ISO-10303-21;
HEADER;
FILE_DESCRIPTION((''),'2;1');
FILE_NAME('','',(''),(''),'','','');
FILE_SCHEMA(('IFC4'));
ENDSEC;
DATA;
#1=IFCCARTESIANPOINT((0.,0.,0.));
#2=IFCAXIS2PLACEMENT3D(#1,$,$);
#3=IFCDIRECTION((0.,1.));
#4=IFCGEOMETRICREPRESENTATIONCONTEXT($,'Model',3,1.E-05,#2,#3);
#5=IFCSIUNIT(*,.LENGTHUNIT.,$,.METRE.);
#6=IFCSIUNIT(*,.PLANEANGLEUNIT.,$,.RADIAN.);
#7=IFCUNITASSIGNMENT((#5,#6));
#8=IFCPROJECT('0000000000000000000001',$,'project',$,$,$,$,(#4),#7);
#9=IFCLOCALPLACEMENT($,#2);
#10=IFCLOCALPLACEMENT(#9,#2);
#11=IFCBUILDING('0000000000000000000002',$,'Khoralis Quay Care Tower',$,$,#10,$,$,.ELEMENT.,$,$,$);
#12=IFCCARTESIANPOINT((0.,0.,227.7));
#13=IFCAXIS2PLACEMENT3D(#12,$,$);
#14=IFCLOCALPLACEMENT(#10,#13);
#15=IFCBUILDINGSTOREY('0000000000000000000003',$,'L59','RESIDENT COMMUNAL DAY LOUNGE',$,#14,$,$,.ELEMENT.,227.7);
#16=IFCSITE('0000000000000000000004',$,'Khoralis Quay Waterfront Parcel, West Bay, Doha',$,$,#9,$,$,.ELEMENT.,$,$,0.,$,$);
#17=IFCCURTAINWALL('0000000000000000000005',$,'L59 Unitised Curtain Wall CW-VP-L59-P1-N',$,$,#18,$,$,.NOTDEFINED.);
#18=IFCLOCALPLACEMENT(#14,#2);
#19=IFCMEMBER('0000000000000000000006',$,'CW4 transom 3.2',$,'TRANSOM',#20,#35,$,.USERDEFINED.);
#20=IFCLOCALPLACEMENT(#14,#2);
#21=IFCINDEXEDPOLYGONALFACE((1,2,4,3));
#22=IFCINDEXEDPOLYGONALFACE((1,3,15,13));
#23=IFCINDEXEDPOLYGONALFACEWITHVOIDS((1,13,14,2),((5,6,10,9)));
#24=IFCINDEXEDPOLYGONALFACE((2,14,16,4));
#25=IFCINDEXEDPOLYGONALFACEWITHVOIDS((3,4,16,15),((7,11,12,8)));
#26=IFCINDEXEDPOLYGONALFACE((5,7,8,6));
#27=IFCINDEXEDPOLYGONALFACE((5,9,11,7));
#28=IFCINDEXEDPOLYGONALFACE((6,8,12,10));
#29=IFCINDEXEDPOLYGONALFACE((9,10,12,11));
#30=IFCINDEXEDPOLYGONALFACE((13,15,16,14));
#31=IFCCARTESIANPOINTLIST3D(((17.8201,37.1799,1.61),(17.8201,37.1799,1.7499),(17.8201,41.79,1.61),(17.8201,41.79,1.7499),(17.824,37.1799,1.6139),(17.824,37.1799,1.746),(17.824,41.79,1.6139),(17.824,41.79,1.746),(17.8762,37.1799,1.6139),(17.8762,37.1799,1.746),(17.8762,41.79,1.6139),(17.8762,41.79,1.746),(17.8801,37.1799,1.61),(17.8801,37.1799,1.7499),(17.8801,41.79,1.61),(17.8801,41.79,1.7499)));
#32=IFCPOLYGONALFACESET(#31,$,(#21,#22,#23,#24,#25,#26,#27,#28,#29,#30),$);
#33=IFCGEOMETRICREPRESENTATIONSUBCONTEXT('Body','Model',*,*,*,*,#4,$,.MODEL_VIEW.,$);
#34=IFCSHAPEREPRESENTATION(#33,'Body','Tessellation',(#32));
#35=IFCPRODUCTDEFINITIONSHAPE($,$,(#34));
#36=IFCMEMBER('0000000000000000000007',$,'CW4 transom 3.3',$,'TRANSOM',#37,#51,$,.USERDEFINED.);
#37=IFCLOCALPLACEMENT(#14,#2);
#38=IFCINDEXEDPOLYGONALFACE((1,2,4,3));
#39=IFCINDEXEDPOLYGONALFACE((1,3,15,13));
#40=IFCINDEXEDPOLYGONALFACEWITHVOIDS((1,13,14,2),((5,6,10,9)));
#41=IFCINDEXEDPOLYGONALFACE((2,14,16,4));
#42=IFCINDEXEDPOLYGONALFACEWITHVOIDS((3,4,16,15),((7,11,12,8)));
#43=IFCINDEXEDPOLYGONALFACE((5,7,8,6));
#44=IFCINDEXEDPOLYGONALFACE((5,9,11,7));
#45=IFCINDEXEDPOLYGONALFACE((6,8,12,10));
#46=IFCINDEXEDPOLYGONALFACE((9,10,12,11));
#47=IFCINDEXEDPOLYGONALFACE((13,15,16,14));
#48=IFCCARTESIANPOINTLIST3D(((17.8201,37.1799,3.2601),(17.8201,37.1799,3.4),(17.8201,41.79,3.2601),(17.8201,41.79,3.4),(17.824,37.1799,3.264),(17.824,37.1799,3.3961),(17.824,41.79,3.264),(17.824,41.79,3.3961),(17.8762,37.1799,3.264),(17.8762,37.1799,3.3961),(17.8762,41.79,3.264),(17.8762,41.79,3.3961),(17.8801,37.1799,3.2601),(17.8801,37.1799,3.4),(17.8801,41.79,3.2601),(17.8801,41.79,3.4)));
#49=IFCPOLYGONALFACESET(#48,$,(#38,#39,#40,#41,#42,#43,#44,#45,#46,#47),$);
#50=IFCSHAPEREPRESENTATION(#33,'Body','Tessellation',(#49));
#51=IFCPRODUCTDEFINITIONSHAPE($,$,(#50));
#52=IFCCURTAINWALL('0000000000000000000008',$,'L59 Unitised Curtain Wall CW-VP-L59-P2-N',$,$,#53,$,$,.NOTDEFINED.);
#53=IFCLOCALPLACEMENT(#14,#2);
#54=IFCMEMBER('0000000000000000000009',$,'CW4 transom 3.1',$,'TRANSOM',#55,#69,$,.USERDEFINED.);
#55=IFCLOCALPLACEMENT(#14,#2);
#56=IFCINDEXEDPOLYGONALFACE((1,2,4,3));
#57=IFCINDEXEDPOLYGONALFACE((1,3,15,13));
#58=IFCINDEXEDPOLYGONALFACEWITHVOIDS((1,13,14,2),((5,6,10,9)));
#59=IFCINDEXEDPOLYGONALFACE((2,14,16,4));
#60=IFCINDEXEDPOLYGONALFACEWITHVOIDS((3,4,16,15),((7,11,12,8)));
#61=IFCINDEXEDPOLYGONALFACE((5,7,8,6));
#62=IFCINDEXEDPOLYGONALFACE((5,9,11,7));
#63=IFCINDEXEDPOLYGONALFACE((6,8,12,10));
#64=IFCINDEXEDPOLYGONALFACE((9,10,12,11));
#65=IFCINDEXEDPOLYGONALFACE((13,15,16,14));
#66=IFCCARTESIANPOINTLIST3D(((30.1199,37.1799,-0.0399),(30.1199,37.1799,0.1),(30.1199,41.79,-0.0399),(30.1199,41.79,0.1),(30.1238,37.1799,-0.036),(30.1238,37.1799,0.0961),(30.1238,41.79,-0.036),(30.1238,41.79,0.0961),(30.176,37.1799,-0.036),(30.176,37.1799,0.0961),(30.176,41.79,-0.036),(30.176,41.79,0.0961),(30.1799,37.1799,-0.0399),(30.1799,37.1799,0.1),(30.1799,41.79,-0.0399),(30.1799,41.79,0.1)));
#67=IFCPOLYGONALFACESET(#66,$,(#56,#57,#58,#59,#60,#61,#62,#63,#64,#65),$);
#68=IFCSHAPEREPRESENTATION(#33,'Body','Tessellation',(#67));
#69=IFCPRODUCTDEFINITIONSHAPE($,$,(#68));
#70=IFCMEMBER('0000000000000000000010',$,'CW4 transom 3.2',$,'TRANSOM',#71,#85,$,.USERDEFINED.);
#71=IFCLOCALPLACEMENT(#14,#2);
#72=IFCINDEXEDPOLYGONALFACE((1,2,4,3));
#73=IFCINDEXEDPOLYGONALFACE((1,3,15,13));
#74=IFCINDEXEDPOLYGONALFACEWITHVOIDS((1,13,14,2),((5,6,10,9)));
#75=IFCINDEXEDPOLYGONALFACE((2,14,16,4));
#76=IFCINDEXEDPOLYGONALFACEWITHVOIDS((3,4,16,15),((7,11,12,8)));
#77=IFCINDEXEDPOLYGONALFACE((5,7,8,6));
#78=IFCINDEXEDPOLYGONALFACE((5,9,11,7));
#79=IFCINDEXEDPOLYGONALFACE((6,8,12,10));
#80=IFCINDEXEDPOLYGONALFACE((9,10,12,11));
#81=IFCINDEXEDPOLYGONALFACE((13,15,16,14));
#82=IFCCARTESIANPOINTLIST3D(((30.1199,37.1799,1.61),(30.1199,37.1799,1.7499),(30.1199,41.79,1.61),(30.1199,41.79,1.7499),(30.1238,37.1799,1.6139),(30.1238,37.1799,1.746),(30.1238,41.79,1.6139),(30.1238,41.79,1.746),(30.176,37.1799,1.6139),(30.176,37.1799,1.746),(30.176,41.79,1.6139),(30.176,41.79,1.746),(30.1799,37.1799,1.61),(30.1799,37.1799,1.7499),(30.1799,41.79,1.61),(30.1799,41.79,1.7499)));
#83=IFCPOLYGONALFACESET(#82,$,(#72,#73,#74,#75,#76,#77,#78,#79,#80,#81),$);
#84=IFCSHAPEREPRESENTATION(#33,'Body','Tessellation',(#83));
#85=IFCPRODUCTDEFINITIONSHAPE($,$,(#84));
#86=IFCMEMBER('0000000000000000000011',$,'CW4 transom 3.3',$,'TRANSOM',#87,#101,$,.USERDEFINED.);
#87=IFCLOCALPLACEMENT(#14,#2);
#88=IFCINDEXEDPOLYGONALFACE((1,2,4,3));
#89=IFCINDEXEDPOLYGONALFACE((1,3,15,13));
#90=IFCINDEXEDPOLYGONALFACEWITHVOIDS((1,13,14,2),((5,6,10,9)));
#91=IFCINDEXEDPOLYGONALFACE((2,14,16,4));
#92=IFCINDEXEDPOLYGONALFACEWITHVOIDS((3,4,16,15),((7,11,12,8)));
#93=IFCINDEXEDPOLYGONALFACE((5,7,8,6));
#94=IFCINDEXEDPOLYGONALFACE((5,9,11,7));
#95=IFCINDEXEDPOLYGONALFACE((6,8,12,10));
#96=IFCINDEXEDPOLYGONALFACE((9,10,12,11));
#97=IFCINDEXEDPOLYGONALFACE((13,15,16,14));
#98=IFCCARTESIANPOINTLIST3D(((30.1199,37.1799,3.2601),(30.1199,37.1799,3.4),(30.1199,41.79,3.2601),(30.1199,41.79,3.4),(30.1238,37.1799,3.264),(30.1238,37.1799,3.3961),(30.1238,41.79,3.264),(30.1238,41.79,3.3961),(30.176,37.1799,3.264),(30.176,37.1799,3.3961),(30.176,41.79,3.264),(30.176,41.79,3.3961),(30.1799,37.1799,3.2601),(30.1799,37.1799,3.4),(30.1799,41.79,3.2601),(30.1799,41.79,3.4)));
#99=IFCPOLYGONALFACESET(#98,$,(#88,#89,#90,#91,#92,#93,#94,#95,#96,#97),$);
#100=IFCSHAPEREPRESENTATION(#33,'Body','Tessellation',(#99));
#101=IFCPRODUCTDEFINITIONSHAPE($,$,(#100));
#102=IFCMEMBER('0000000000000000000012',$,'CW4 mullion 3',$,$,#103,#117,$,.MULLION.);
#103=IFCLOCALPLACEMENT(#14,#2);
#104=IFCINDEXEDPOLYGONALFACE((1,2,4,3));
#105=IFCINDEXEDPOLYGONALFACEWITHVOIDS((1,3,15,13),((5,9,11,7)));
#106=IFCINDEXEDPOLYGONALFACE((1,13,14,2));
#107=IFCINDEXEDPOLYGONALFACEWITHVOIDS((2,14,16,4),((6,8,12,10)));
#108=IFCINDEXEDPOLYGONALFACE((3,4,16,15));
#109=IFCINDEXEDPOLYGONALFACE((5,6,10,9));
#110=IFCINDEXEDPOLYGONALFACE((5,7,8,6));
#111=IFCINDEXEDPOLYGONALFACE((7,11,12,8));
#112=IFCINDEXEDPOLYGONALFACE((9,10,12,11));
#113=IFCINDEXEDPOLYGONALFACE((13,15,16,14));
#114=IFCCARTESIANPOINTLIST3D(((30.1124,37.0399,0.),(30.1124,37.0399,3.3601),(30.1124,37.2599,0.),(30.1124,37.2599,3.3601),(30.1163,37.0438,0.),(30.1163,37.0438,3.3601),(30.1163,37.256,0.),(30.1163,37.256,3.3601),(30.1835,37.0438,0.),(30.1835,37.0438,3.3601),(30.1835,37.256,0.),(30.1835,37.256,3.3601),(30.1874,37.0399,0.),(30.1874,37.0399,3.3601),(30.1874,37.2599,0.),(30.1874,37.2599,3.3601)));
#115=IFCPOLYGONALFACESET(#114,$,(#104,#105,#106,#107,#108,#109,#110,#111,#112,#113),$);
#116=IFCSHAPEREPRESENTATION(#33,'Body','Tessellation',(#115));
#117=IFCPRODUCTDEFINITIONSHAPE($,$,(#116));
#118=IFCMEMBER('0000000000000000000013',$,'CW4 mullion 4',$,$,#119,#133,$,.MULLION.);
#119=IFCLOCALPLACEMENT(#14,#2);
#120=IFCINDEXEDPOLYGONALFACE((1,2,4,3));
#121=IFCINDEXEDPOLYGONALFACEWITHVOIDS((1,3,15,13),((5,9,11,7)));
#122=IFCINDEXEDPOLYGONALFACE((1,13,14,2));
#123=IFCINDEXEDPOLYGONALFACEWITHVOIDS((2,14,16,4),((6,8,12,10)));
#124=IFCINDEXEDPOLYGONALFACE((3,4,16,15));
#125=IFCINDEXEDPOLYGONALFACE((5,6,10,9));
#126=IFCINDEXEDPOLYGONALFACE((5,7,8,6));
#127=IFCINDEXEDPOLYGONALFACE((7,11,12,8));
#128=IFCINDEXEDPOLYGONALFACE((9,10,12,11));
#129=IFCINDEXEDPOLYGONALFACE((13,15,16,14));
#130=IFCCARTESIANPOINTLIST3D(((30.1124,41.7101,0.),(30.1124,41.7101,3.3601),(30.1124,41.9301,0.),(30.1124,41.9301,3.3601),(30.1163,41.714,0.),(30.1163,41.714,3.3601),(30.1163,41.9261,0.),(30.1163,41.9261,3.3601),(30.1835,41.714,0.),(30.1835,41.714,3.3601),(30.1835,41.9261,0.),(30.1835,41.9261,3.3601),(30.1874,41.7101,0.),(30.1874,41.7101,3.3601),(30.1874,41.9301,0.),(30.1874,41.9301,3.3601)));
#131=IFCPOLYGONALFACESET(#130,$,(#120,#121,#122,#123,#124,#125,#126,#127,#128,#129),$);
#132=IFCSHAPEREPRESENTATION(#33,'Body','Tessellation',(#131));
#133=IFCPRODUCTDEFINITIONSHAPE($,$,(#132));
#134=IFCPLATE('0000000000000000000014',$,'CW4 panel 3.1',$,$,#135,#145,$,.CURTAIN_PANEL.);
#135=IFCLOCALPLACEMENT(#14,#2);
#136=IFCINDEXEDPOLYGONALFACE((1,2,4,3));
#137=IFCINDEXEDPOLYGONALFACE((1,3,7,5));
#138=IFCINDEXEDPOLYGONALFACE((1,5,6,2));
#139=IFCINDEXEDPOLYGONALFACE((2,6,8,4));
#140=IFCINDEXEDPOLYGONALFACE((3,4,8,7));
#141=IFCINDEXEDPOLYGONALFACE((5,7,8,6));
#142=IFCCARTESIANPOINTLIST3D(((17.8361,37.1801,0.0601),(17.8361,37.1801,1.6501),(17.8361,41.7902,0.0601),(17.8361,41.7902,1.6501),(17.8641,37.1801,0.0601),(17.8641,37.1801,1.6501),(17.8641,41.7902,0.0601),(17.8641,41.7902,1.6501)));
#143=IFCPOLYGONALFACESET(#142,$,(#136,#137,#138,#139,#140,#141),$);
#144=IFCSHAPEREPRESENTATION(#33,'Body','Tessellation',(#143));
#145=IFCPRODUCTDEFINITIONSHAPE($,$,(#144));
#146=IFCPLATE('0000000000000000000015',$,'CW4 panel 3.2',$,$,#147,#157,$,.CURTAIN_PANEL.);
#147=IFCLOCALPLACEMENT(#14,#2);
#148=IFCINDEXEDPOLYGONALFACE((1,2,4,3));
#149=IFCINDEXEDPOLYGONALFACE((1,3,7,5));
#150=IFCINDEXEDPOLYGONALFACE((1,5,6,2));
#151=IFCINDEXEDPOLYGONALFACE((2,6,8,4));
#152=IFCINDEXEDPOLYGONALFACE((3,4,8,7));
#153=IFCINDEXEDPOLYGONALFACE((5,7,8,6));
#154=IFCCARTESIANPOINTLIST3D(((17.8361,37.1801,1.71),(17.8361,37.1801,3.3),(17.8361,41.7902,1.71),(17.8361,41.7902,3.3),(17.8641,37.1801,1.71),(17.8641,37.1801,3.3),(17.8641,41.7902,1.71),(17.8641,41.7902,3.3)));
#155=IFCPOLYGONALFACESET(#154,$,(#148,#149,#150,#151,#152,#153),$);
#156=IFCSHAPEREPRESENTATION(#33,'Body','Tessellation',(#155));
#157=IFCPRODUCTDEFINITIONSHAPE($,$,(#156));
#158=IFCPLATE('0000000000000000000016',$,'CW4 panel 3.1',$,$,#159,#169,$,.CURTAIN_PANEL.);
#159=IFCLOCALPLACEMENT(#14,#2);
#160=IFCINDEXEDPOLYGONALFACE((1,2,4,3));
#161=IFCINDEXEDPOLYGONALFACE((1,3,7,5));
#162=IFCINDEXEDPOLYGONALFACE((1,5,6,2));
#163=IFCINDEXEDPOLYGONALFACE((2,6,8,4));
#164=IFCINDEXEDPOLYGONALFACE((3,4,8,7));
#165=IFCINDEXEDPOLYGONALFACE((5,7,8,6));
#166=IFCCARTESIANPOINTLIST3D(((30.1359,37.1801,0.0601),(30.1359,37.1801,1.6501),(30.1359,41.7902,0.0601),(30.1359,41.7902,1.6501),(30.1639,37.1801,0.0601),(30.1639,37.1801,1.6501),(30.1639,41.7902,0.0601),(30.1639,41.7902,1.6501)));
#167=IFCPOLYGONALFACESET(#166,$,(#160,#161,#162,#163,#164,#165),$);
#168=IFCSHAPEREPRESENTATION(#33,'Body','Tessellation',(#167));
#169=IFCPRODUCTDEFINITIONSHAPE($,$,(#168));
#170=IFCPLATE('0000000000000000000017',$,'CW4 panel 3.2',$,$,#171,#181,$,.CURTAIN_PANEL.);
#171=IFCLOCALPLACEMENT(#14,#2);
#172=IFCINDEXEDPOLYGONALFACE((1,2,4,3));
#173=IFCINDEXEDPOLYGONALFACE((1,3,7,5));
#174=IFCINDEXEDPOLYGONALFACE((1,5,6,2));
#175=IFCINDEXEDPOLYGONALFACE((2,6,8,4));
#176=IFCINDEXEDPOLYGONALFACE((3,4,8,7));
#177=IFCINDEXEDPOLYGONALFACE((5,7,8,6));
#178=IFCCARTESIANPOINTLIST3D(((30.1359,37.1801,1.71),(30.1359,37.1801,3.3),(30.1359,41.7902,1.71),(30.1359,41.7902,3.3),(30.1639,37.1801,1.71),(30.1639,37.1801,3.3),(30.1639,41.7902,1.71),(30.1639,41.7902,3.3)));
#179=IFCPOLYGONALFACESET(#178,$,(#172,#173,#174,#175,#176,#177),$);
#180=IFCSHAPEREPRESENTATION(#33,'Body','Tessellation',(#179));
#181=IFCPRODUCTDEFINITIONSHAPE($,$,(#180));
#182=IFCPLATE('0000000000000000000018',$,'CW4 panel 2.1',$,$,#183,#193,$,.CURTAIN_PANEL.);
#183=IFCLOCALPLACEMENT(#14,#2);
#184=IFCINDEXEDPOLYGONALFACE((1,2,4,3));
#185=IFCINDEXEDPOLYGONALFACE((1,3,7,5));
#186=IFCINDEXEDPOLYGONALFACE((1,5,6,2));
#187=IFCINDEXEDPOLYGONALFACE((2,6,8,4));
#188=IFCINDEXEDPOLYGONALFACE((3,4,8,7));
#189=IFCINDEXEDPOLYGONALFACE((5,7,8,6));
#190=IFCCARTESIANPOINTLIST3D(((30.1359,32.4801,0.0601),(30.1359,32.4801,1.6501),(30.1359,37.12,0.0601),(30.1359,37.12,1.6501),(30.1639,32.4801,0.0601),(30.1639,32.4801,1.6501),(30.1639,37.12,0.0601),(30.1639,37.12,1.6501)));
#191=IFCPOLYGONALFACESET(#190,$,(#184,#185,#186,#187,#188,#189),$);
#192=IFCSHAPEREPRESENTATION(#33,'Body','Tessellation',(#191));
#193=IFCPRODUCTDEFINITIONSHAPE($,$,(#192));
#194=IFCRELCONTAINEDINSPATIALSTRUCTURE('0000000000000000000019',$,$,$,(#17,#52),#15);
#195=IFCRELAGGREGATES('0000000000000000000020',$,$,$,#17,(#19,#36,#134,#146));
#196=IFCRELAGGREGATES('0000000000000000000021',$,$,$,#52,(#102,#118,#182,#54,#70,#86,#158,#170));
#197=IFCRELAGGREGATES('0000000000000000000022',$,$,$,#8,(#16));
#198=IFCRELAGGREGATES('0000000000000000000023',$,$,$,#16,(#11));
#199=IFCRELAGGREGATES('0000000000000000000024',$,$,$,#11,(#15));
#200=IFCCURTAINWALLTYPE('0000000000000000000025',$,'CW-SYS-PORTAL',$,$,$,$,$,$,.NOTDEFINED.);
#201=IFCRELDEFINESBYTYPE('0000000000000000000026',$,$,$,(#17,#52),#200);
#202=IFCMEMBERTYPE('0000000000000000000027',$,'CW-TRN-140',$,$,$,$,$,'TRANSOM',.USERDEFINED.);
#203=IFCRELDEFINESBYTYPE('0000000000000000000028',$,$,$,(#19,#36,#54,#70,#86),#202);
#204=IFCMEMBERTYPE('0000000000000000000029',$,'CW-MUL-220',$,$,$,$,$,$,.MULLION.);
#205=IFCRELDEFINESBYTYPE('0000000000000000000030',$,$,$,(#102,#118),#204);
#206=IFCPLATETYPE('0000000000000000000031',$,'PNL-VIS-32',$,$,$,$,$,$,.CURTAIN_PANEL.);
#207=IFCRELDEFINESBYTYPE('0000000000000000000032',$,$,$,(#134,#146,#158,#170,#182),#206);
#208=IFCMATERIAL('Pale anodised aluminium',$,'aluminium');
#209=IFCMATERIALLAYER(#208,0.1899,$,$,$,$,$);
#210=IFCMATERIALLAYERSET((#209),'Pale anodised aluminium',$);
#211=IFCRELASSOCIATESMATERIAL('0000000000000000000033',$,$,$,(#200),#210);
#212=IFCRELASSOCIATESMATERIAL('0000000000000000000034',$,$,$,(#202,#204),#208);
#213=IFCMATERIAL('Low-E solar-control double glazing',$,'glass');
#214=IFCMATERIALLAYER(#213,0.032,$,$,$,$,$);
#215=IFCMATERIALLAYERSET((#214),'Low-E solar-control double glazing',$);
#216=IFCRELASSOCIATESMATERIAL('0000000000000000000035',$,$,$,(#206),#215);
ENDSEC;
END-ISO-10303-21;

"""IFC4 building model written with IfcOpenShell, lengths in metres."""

from ifc_helpers import new_model, si_unit, direction, frame, origin, origin_2d, place, context, subcontext, project, spatial, rectangle, hollow_rectangle, extrude, source, transform, mapped, material, layer, layer_set, material_profile, profile_set, type_object, element, aggregate, save


model = new_model("IFC4")

# Units and contexts
model_context = context("Model", 3, precision=1e-05, world=origin(), true_north=direction((0.0, 1.0)))
body_context = subcontext(model_context, "Body", "Model", "MODEL_VIEW")
ifc_project = project(units=[si_unit("LENGTHUNIT", "METRE"), si_unit("PLANEANGLEUNIT", "RADIAN")], contexts=[model_context])

# Site, building, storey
site_placement = place(None, origin())
site = spatial("IfcSite", under=ifc_project, at=site_placement, Name="Khoralis Quay Waterfront Parcel, West Bay, Doha", CompositionType="ELEMENT", RefElevation=0.0)
building_placement = place(site_placement, origin())
building = spatial("IfcBuilding", under=site, at=building_placement, Name="Khoralis Quay Care Tower", CompositionType="ELEMENT")
storey_placement = place(building_placement, frame((0.0, 0.0, 227.7)))
storey = spatial("IfcBuildingStorey", under=building, at=storey_placement, Name="L59", Description="RESIDENT COMMUNAL DAY LOUNGE", CompositionType="ELEMENT", Elevation=227.7)

# Curtain walls, members
ifc_material_1 = material(Name="Pale anodised aluminium", Category="aluminium")
ifc_layer_1 = layer(ifc_material_1, 0.1899)
ifc_layer_set_1 = layer_set([ifc_layer_1], Name="Pale anodised aluminium")
curtain_wall_type = type_object("IfcCurtainWallType", Name="CW-SYS-PORTAL", PredefinedType="NOTDEFINED", material=ifc_layer_set_1)
curtain_wall_1_placement = place(storey_placement, origin())
curtain_wall_1 = element("IfcCurtainWall", 1, at=curtain_wall_1_placement, inside=storey, type_object=curtain_wall_type, Name="L59 Unitised Curtain Wall CW-VP-L59-P1-N", PredefinedType="NOTDEFINED")
ifc_material_profile_1 = material_profile(ifc_material_1, hollow_rectangle(XDim=0.0601, YDim=0.1399, WallThickness=0.0039, at=origin_2d()), Name="Pale anodised aluminium")
ifc_profile_set_1 = profile_set([ifc_material_profile_1], Name="Pale anodised aluminium")
member_type_1 = type_object("IfcMemberType", Name="CW-TRN-140", ElementType="TRANSOM", PredefinedType="USERDEFINED", material=ifc_profile_set_1)
shared_shape_1 = source(origin(), body_context, "Body", "SweptSolid", [
    extrude(hollow_rectangle(XDim=0.0601, YDim=0.1399, WallThickness=0.0039, at=origin_2d()), origin(), (0.0, 0.0, 1.0), 4.6101),
])
member_1_placement = place(storey_placement, frame((17.8501, 37.1799, 1.6799), z_axis=(0.0, 1.0, 0.0), x_axis=(-1.0, 0.0, 0.0)))
member_1 = element("IfcMember", 2, at=member_1_placement, type_object=member_type_1, Name="CW4 transom 3.2", ObjectType="TRANSOM", PredefinedType="USERDEFINED", context=body_context, shape_type="MappedRepresentation", body=[
    mapped(shared_shape_1, transform((0.0, 0.0, 0.0), scale=1.0)),
])
member_2_placement = place(storey_placement, frame((17.8501, 37.1799, 3.3301), z_axis=(0.0, 1.0, 0.0), x_axis=(-1.0, 0.0, 0.0)))
member_2 = element("IfcMember", 3, at=member_2_placement, type_object=member_type_1, Name="CW4 transom 3.3", ObjectType="TRANSOM", PredefinedType="USERDEFINED", context=body_context, shape_type="MappedRepresentation", body=[
    mapped(shared_shape_1, transform((0.0, 0.0, 0.0), scale=1.0)),
])
curtain_wall_2_placement = place(storey_placement, origin())
curtain_wall_2 = element("IfcCurtainWall", 4, at=curtain_wall_2_placement, inside=storey, type_object=curtain_wall_type, Name="L59 Unitised Curtain Wall CW-VP-L59-P2-N", PredefinedType="NOTDEFINED")
member_3_placement = place(storey_placement, frame((30.1499, 37.1799, 0.03), z_axis=(0.0, 1.0, 0.0), x_axis=(-1.0, 0.0, 0.0)))
member_3 = element("IfcMember", 5, at=member_3_placement, type_object=member_type_1, Name="CW4 transom 3.1", ObjectType="TRANSOM", PredefinedType="USERDEFINED", context=body_context, shape_type="MappedRepresentation", body=[
    mapped(shared_shape_1, transform((0.0, 0.0, 0.0), scale=1.0)),
])
member_4_placement = place(storey_placement, frame((30.1499, 37.1799, 1.6799), z_axis=(0.0, 1.0, 0.0), x_axis=(-1.0, 0.0, 0.0)))
member_4 = element("IfcMember", 6, at=member_4_placement, type_object=member_type_1, Name="CW4 transom 3.2", ObjectType="TRANSOM", PredefinedType="USERDEFINED", context=body_context, shape_type="MappedRepresentation", body=[
    mapped(shared_shape_1, transform((0.0, 0.0, 0.0), scale=1.0)),
])
member_5_placement = place(storey_placement, frame((30.1499, 37.1799, 3.3301), z_axis=(0.0, 1.0, 0.0), x_axis=(-1.0, 0.0, 0.0)))
member_5 = element("IfcMember", 7, at=member_5_placement, type_object=member_type_1, Name="CW4 transom 3.3", ObjectType="TRANSOM", PredefinedType="USERDEFINED", context=body_context, shape_type="MappedRepresentation", body=[
    mapped(shared_shape_1, transform((0.0, 0.0, 0.0), scale=1.0)),
])
ifc_material_profile_2 = material_profile(ifc_material_1, hollow_rectangle(XDim=0.075, YDim=0.22, WallThickness=0.0039, at=origin_2d()), Name="Pale anodised aluminium")
ifc_profile_set_2 = profile_set([ifc_material_profile_2], Name="Pale anodised aluminium")
member_type_2 = type_object("IfcMemberType", Name="CW-MUL-220", PredefinedType="MULLION", material=ifc_profile_set_2)
shared_shape_2 = source(origin(), body_context, "Body", "SweptSolid", [
    extrude(hollow_rectangle(XDim=0.075, YDim=0.22, WallThickness=0.0039, at=origin_2d()), origin(), (0.0, 0.0, 1.0), 3.3601),
])
member_6_placement = place(storey_placement, frame((30.1499, 37.1499, 0.0), z_axis=(0.0, 0.0, 1.0), x_axis=(-1.0, 0.0, 0.0)))
member_6 = element("IfcMember", 8, at=member_6_placement, type_object=member_type_2, Name="CW4 mullion 3", PredefinedType="MULLION", context=body_context, shape_type="MappedRepresentation", body=[
    mapped(shared_shape_2, transform((0.0, 0.0, 0.0), scale=1.0)),
])
member_7_placement = place(storey_placement, frame((30.1499, 41.8201, 0.0), z_axis=(0.0, 0.0, 1.0), x_axis=(-1.0, 0.0, 0.0)))
member_7 = element("IfcMember", 9, at=member_7_placement, type_object=member_type_2, Name="CW4 mullion 4", PredefinedType="MULLION", context=body_context, shape_type="MappedRepresentation", body=[
    mapped(shared_shape_2, transform((0.0, 0.0, 0.0), scale=1.0)),
])

# Plates
ifc_material_2 = material(Name="Low-E solar-control double glazing", Category="glass")
ifc_layer_2 = layer(ifc_material_2, 0.032)
ifc_layer_set_2 = layer_set([ifc_layer_2], Name="Low-E solar-control double glazing")
plate_type = type_object("IfcPlateType", Name="PNL-VIS-32", PredefinedType="CURTAIN_PANEL", material=ifc_layer_set_2)
shared_shape_3 = source(origin(), body_context, "Body", "SweptSolid", [
    extrude(rectangle(XDim=4.6101, YDim=0.0281, at=origin_2d()), origin(), (0.0, 0.0, 1.0), 1.5901),
])
plate_1_placement = place(storey_placement, frame((17.8501, 39.4851, 0.0601), z_axis=(0.0, 0.0, 1.0), x_axis=(0.0, 1.0, 0.0)))
plate_1 = element("IfcPlate", 10, at=plate_1_placement, type_object=plate_type, Name="CW4 panel 3.1", PredefinedType="CURTAIN_PANEL", context=body_context, shape_type="MappedRepresentation", body=[
    mapped(shared_shape_3, transform((0.0, 0.0, 0.0), scale=1.0)),
])
plate_2_placement = place(storey_placement, frame((17.8501, 39.4851, 1.71), z_axis=(0.0, 0.0, 1.0), x_axis=(0.0, 1.0, 0.0)))
plate_2 = element("IfcPlate", 11, at=plate_2_placement, type_object=plate_type, Name="CW4 panel 3.2", PredefinedType="CURTAIN_PANEL", context=body_context, shape_type="MappedRepresentation", body=[
    mapped(shared_shape_3, transform((0.0, 0.0, 0.0), scale=1.0)),
])
aggregate(curtain_wall_1, [member_1, member_2, plate_1, plate_2])
plate_3_placement = place(storey_placement, frame((30.1499, 39.4851, 0.0601), z_axis=(0.0, 0.0, 1.0), x_axis=(0.0, 1.0, 0.0)))
plate_3 = element("IfcPlate", 12, at=plate_3_placement, type_object=plate_type, Name="CW4 panel 3.1", PredefinedType="CURTAIN_PANEL", context=body_context, shape_type="MappedRepresentation", body=[
    mapped(shared_shape_3, transform((0.0, 0.0, 0.0), scale=1.0)),
])
plate_4_placement = place(storey_placement, frame((30.1499, 39.4851, 1.71), z_axis=(0.0, 0.0, 1.0), x_axis=(0.0, 1.0, 0.0)))
plate_4 = element("IfcPlate", 13, at=plate_4_placement, type_object=plate_type, Name="CW4 panel 3.2", PredefinedType="CURTAIN_PANEL", context=body_context, shape_type="MappedRepresentation", body=[
    mapped(shared_shape_3, transform((0.0, 0.0, 0.0), scale=1.0)),
])
shared_shape_4 = source(origin(), body_context, "Body", "SweptSolid", [
    extrude(rectangle(XDim=4.6399, YDim=0.0281, at=origin_2d()), origin(), (0.0, 0.0, 1.0), 1.5901),
])
plate_5_placement = place(storey_placement, frame((30.1499, 34.8, 0.0601), z_axis=(0.0, 0.0, 1.0), x_axis=(0.0, 1.0, 0.0)))
plate_5 = element("IfcPlate", 14, at=plate_5_placement, type_object=plate_type, Name="CW4 panel 2.1", PredefinedType="CURTAIN_PANEL", context=body_context, shape_type="MappedRepresentation", body=[
    mapped(shared_shape_4, transform((0.0, 0.0, 0.0), scale=1.0)),
])
aggregate(curtain_wall_2, [member_6, member_7, plate_5, member_3, member_4, member_5, plate_3, plate_4])

save(model, "model.ifc")
